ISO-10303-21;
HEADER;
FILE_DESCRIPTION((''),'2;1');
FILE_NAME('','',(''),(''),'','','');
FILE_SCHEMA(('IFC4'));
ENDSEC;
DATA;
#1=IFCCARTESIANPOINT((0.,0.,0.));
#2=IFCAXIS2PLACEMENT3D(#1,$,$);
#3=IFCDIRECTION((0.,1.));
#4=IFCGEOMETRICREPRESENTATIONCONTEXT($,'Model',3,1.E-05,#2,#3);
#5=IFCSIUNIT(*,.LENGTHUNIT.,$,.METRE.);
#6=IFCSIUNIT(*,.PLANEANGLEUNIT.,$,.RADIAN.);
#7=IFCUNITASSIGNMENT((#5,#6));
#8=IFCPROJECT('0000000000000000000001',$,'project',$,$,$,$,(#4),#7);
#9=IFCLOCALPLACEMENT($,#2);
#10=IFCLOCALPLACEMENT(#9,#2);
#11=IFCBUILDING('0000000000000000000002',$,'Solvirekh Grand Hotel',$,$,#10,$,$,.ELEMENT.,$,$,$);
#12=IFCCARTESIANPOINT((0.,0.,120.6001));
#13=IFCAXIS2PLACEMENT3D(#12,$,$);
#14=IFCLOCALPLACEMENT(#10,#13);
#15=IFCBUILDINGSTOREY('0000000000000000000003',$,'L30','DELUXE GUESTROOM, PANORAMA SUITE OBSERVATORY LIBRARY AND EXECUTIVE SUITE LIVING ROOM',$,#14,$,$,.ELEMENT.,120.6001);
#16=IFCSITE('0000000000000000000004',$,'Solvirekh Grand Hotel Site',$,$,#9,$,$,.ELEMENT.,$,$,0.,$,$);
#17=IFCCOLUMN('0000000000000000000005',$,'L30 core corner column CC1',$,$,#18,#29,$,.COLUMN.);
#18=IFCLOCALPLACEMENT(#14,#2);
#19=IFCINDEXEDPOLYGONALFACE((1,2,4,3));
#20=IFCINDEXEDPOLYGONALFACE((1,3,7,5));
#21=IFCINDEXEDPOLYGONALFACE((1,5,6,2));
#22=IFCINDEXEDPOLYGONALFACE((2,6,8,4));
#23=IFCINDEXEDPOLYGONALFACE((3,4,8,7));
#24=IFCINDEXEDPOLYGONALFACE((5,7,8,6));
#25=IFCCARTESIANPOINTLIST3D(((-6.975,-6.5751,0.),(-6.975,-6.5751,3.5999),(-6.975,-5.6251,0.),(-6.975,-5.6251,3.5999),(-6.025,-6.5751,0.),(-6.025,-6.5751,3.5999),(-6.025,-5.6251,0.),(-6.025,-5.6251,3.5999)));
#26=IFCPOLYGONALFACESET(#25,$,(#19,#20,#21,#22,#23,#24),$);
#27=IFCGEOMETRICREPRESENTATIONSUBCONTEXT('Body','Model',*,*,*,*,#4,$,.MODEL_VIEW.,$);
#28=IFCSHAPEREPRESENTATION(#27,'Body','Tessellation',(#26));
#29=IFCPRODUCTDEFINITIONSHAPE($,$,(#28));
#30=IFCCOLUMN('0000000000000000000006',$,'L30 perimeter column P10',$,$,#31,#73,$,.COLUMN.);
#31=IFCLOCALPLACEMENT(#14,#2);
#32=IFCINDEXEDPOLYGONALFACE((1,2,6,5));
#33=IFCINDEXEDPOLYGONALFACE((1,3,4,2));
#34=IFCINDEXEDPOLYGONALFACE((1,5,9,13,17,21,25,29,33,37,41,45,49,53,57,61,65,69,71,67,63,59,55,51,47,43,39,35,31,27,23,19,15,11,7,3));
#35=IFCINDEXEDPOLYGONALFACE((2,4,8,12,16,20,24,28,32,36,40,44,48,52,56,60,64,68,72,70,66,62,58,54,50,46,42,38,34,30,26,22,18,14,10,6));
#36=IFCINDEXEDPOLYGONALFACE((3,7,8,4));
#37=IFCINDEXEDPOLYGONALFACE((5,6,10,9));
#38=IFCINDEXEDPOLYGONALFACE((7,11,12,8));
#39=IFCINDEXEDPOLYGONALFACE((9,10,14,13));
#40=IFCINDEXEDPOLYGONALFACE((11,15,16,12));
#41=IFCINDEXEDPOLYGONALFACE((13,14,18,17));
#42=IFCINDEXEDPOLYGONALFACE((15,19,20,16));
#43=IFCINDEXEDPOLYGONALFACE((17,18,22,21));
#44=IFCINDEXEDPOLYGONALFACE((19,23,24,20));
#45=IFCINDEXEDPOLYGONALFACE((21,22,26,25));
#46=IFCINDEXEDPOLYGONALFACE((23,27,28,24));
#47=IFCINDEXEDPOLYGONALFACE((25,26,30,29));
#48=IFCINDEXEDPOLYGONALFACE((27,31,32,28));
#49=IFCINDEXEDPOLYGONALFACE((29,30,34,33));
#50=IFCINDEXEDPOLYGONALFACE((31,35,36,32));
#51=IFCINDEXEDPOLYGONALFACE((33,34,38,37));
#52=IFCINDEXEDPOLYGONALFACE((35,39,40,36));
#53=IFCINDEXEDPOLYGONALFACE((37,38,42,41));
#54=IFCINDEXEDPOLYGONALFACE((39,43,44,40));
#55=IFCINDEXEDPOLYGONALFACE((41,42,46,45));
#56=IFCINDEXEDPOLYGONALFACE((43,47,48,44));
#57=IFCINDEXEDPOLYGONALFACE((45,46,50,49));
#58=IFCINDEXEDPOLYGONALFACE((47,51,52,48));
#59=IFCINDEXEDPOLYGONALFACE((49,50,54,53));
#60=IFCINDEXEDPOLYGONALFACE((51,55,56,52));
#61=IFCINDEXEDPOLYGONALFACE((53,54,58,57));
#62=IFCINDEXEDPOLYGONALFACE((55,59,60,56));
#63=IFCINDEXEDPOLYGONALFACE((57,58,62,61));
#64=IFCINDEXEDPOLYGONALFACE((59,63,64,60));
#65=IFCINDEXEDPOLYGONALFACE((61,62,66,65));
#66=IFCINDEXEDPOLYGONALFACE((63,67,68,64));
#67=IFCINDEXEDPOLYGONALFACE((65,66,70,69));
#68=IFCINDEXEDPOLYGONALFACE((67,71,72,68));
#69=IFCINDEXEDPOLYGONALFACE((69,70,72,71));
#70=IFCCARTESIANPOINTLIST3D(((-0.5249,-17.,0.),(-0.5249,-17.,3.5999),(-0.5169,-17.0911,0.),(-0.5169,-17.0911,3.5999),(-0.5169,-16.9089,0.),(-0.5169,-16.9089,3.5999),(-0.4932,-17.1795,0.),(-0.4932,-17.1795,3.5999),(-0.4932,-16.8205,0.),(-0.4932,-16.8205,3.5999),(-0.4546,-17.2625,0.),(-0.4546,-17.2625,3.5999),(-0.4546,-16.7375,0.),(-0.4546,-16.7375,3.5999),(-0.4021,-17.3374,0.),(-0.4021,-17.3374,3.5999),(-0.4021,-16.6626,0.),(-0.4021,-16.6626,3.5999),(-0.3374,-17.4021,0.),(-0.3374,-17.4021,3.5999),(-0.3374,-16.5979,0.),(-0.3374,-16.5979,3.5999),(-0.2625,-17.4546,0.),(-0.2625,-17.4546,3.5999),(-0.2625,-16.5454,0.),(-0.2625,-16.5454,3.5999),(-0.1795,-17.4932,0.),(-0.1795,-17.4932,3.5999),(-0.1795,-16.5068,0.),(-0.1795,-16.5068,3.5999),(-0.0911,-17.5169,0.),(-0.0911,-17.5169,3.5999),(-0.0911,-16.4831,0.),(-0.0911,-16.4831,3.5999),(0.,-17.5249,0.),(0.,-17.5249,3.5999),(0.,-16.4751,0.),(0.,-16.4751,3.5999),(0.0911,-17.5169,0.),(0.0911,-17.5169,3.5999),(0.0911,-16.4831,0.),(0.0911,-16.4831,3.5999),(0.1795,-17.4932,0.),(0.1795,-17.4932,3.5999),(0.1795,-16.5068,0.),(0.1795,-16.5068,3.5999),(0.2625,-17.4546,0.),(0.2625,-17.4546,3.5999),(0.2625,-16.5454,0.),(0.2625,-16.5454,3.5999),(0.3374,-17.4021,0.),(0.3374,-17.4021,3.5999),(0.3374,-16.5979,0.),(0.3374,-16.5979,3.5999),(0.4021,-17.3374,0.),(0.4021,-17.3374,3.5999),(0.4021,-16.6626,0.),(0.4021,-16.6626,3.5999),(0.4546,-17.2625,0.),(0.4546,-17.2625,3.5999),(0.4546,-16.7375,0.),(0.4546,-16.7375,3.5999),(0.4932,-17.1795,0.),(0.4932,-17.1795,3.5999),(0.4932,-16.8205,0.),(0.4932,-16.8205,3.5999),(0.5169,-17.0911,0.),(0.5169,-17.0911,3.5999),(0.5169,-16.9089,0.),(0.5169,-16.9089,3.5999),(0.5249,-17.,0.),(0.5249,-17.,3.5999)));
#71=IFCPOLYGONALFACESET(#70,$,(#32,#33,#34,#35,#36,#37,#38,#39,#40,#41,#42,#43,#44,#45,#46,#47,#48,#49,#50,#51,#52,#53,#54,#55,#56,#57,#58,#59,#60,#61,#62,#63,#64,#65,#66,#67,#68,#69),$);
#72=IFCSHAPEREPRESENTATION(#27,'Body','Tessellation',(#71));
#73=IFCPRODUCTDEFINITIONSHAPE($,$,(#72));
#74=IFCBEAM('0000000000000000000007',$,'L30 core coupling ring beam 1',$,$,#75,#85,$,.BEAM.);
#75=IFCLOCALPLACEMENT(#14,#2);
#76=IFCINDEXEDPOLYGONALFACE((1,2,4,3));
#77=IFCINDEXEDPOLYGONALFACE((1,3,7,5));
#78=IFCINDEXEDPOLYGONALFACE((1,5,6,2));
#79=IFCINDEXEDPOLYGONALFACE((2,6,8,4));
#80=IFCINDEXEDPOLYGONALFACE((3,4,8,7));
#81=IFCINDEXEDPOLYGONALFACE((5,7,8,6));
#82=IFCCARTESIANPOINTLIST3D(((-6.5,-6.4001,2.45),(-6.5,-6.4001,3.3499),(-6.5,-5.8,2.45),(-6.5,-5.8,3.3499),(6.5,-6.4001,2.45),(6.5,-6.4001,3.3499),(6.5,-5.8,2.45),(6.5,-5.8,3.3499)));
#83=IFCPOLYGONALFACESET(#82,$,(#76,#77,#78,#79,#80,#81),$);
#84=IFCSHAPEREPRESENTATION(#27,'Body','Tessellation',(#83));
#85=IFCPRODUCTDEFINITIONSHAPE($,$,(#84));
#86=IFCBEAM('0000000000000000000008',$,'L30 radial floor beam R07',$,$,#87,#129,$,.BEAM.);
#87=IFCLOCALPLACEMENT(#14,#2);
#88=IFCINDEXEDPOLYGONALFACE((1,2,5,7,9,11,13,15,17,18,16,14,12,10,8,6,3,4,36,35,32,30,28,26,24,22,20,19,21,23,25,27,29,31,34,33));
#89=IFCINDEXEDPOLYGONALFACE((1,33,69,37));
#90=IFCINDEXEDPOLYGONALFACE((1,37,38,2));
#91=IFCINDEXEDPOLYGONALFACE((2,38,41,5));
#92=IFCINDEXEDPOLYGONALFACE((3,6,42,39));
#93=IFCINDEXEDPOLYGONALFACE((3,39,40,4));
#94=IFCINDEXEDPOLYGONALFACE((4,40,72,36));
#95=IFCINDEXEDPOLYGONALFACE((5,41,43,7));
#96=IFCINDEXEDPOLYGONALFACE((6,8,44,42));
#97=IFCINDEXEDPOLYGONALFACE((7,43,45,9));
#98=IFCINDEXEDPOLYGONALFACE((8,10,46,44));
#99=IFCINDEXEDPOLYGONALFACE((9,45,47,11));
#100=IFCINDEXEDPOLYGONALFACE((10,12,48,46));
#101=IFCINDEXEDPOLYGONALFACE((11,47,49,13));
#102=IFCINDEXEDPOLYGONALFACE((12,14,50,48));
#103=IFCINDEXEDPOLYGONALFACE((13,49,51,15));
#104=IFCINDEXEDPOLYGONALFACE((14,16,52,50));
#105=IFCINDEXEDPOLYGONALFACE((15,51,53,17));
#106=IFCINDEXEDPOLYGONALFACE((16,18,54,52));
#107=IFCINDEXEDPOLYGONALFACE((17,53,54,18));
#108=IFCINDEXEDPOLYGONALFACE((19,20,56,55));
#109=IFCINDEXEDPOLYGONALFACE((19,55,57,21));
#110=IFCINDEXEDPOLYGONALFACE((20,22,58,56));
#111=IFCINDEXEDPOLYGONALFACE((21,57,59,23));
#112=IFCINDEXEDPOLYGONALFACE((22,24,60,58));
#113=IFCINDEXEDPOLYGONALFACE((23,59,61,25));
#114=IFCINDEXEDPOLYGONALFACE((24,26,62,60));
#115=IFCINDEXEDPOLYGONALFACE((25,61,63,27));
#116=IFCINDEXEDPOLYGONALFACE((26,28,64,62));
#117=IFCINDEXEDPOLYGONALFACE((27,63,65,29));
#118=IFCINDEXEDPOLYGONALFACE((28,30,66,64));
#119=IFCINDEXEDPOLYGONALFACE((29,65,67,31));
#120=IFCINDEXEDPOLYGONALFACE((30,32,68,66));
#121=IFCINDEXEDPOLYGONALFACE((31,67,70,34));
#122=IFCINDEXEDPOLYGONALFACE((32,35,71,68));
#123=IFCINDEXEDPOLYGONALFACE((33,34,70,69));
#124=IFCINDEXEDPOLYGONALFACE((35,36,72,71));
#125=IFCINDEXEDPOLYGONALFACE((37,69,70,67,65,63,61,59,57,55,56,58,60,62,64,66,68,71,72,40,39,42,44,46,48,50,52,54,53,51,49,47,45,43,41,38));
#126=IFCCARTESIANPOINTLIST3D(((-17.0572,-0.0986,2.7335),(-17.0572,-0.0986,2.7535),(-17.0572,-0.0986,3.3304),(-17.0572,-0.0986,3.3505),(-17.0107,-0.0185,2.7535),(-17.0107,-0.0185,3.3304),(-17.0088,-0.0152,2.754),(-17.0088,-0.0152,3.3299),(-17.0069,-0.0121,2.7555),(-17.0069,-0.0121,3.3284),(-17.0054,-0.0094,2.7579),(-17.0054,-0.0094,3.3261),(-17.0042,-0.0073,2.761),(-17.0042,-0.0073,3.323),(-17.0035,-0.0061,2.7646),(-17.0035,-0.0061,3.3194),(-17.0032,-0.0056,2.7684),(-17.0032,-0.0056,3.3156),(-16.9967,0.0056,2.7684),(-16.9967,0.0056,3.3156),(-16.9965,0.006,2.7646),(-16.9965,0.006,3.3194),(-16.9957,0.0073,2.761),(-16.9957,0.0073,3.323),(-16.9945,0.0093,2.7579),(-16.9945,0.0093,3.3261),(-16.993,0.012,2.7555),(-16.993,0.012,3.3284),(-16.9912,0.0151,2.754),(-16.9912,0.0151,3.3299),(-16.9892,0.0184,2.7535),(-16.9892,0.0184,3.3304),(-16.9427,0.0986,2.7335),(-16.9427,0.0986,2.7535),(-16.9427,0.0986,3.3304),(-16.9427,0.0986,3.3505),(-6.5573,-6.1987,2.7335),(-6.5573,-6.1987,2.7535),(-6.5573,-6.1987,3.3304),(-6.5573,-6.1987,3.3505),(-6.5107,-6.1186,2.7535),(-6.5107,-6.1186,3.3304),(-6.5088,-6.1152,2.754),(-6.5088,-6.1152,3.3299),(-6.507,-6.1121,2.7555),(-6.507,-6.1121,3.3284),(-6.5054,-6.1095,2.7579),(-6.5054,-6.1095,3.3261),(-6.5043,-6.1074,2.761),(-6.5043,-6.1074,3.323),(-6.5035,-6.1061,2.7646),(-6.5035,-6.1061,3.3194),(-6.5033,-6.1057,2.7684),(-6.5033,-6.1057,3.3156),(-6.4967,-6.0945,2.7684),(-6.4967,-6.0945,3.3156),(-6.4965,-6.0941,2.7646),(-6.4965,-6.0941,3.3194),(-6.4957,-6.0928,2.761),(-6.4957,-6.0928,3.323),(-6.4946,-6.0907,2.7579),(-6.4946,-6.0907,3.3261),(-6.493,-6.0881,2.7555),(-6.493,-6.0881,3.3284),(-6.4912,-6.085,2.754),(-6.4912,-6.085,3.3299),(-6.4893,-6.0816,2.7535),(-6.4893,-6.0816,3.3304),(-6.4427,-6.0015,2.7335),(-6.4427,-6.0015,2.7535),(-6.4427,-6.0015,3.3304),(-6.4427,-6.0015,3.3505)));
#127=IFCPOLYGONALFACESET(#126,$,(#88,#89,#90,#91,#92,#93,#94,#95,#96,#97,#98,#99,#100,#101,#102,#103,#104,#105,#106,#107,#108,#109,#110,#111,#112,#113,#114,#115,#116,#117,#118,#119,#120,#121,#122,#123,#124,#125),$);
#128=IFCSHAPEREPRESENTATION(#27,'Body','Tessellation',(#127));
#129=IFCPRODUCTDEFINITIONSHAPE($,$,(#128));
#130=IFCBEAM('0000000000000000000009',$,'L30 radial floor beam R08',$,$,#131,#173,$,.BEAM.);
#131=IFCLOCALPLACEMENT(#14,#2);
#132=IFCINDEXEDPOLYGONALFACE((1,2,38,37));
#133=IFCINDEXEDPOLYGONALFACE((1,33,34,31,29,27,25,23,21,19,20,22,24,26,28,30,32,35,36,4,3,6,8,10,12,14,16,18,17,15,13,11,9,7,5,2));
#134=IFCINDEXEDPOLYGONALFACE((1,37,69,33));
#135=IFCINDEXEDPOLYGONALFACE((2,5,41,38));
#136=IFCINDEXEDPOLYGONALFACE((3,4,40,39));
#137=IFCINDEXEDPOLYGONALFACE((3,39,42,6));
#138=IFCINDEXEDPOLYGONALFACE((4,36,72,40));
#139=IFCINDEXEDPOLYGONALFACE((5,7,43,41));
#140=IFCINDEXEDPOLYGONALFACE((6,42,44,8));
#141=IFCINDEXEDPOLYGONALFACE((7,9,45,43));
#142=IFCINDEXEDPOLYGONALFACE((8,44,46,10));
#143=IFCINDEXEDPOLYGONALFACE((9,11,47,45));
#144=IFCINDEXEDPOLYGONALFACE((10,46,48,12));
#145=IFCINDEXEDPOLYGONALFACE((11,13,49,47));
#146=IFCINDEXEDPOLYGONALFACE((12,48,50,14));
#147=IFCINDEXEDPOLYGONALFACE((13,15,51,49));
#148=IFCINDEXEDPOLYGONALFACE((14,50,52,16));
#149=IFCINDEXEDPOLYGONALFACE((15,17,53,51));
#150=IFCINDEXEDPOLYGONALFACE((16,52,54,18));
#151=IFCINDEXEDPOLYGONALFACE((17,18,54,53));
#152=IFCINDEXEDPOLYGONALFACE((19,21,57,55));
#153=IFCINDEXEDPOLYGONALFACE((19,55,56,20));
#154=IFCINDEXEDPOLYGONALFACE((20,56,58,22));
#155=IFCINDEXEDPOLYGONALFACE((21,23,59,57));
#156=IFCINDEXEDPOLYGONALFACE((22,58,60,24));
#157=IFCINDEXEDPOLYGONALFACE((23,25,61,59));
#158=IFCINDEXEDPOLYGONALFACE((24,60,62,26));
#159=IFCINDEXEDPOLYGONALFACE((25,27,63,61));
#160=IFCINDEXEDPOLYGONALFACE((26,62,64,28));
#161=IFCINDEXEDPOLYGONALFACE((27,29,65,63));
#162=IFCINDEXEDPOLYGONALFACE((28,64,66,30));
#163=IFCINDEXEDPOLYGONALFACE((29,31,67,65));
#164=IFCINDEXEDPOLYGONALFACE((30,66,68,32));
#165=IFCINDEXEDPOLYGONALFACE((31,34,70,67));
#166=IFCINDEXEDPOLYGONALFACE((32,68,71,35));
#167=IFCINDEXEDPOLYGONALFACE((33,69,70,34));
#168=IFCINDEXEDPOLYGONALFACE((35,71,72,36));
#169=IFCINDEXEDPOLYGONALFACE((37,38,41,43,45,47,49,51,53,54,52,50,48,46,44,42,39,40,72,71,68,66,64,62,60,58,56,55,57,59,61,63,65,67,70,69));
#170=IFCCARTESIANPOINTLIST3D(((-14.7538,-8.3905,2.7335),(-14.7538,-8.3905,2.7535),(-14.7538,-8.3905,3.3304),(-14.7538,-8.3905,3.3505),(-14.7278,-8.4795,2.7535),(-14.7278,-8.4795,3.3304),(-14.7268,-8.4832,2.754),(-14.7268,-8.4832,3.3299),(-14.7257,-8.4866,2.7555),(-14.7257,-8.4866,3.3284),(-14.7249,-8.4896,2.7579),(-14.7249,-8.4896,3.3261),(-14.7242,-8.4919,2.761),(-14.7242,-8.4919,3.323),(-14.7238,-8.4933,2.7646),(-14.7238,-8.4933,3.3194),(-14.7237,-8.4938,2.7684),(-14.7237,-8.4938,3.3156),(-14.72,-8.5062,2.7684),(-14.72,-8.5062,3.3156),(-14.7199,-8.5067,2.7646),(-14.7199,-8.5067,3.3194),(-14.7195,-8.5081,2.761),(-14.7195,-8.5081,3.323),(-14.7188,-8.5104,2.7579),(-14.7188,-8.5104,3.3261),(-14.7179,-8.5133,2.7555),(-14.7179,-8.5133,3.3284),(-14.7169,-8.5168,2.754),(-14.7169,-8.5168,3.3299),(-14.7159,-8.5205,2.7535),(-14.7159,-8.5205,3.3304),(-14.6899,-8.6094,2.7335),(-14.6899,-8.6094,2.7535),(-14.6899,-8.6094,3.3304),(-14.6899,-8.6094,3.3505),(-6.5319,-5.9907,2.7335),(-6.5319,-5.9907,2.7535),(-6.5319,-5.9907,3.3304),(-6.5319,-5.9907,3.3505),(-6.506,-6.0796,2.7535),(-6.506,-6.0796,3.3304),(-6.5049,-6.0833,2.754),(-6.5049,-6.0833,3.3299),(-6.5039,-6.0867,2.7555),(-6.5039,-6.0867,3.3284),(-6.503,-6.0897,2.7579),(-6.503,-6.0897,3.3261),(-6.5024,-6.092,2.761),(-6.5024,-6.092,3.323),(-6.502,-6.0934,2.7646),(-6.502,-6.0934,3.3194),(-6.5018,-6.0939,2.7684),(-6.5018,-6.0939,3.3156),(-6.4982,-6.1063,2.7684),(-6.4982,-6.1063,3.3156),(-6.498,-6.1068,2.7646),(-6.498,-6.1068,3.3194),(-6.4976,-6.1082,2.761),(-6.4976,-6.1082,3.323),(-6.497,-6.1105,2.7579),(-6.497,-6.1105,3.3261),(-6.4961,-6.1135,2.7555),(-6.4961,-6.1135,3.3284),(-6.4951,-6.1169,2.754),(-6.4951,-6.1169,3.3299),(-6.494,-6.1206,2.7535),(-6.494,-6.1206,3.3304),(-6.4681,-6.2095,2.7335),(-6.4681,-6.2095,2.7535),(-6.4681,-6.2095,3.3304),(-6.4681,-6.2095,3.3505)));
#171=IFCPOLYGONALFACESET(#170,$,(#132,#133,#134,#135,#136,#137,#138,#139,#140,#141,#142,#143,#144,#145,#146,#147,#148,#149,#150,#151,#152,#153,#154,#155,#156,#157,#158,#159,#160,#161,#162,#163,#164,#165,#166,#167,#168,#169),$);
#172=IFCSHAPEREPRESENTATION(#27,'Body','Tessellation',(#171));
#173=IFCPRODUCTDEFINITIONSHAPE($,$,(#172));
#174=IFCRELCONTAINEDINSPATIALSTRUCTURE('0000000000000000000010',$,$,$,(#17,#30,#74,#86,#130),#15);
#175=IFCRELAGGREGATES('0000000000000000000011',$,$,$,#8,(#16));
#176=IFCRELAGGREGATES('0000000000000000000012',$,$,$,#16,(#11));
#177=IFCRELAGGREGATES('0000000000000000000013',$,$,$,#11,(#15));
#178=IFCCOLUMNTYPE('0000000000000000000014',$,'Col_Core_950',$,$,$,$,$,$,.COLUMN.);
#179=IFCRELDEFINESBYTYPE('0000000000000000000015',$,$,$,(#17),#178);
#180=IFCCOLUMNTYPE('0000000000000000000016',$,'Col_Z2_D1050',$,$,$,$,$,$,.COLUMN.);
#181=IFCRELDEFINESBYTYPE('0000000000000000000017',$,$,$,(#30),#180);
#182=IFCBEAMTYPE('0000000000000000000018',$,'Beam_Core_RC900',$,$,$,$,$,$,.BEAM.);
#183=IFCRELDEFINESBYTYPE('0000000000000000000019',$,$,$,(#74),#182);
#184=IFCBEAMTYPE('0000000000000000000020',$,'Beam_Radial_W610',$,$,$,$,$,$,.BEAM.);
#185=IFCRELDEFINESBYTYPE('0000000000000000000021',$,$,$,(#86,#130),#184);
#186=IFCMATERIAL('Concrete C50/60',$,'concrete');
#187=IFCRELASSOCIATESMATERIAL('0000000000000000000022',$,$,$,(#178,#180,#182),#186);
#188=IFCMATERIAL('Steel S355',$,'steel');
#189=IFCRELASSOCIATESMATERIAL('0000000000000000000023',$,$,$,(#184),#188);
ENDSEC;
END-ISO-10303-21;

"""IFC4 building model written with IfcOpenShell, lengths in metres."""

from ifc_helpers import new_model, si_unit, direction, frame, origin, origin_2d, place, context, subcontext, project, spatial, rectangle, circle, i_section, extrude, material, material_profile, profile_set, type_object, element, save


model = new_model("IFC4")

# Units and contexts
model_context = context("Model", 3, precision=1e-05, world=origin(), true_north=direction((0.0, 1.0)))
body_context = subcontext(model_context, "Body", "Model", "MODEL_VIEW")
ifc_project = project(units=[si_unit("LENGTHUNIT", "METRE"), si_unit("PLANEANGLEUNIT", "RADIAN")], contexts=[model_context])

# Site, building, storey
site_placement = place(None, origin())
site = spatial("IfcSite", under=ifc_project, at=site_placement, Name="Solvirekh Grand Hotel Site", CompositionType="ELEMENT", RefElevation=0.0)
building_placement = place(site_placement, origin())
building = spatial("IfcBuilding", under=site, at=building_placement, Name="Solvirekh Grand Hotel", CompositionType="ELEMENT")
storey_placement = place(building_placement, frame((0.0, 0.0, 120.6001)))
storey = spatial("IfcBuildingStorey", under=building, at=storey_placement, Name="L30", Description="DELUXE GUESTROOM, PANORAMA SUITE OBSERVATORY LIBRARY AND EXECUTIVE SUITE LIVING ROOM", CompositionType="ELEMENT", Elevation=120.6001)

# Columns
ifc_material_1 = material(Name="Concrete C50/60", Category="concrete")
ifc_material_profile_1 = material_profile(ifc_material_1, rectangle(XDim=0.95, YDim=0.95, at=origin_2d()), Name="RC 950X950")
ifc_profile_set_1 = profile_set([ifc_material_profile_1], Name="Concrete C50/60")
column_type_1 = type_object("IfcColumnType", Name="Col_Core_950", PredefinedType="COLUMN", material=ifc_profile_set_1)
column_1_placement = place(storey_placement, frame((-6.5, -6.1001, 0.0), z_axis=(0.0, 0.0, 1.0), x_axis=(1.0, 0.0, 0.0)))
element("IfcColumn", 1, at=column_1_placement, inside=storey, type_object=column_type_1, Name="L30 core corner column CC1", PredefinedType="COLUMN", context=body_context, shape_type="SweptSolid", body=[
    extrude(rectangle(XDim=0.95, YDim=0.95, at=origin_2d()), origin(), (0.0, 0.0, 1.0), 3.5999),
])
ifc_material_profile_2 = material_profile(ifc_material_1, circle(Radius=0.5249, at=origin_2d()), Name="RC CIRC D1050")
ifc_profile_set_2 = profile_set([ifc_material_profile_2], Name="Concrete C50/60")
column_type_2 = type_object("IfcColumnType", Name="Col_Z2_D1050", PredefinedType="COLUMN", material=ifc_profile_set_2)
column_2_placement = place(storey_placement, frame((0.0, -17.0, 0.0), z_axis=(0.0, 0.0, 1.0), x_axis=(1.0, 0.0, 0.0)))
element("IfcColumn", 2, at=column_2_placement, inside=storey, type_object=column_type_2, Name="L30 perimeter column P10", PredefinedType="COLUMN", context=body_context, shape_type="SweptSolid", body=[
    extrude(circle(Radius=0.5249, at=origin_2d()), origin(), (0.0, 0.0, 1.0), 3.5999),
])

# Beams
ifc_material_profile_3 = material_profile(ifc_material_1, rectangle(XDim=0.6001, YDim=0.8999, at=origin_2d()), Name="RC BEAM 600X900")
ifc_profile_set_3 = profile_set([ifc_material_profile_3], Name="Concrete C50/60")
beam_type_1 = type_object("IfcBeamType", Name="Beam_Core_RC900", PredefinedType="BEAM", material=ifc_profile_set_3)
beam_1_placement = place(storey_placement, frame((-6.5, -6.1001, 2.8999), z_axis=(1.0, 0.0, 0.0), x_axis=(0.0, 1.0, 0.0)))
element("IfcBeam", 3, at=beam_1_placement, inside=storey, type_object=beam_type_1, Name="L30 core coupling ring beam 1", PredefinedType="BEAM", context=body_context, shape_type="SweptSolid", body=[
    extrude(rectangle(XDim=0.6001, YDim=0.8999, at=origin_2d()), origin(), (0.0, 0.0, 1.0), 13.0),
])
ifc_material_2 = material(Name="Steel S355", Category="steel")
ifc_material_profile_4 = material_profile(ifc_material_2, i_section(OverallWidth=0.228, OverallDepth=0.6169, WebThickness=0.0129, FlangeThickness=0.02, FilletRadius=0.0149, at=origin_2d()), Name="W610X140")
ifc_profile_set_4 = profile_set([ifc_material_profile_4], Name="Steel S355")
beam_type_2 = type_object("IfcBeamType", Name="Beam_Radial_W610", PredefinedType="BEAM", material=ifc_profile_set_4)
beam_2_placement = place(storey_placement, frame((-6.5, -6.1001, 3.042), z_axis=(-0.86467, 0.50234, 0.0), x_axis=(-0.50234, -0.86467, 0.0)))
element("IfcBeam", 4, at=beam_2_placement, inside=storey, type_object=beam_type_2, Name="L30 radial floor beam R07", PredefinedType="BEAM", context=body_context, shape_type="SweptSolid", body=[
    extrude(i_section(OverallWidth=0.228, OverallDepth=0.6169, WebThickness=0.0129, FlangeThickness=0.02, FilletRadius=0.0149, at=origin_2d()), origin(), (0.0, 0.0, 1.0), 12.1433),
])
beam_3_placement = place(storey_placement, frame((-6.5, -6.1001, 3.042), z_axis=(-0.959942, -0.280198, 0.0), x_axis=(0.280198, -0.959942, 0.0)))
element("IfcBeam", 5, at=beam_3_placement, inside=storey, type_object=beam_type_2, Name="L30 radial floor beam R08", PredefinedType="BEAM", context=body_context, shape_type="SweptSolid", body=[
    extrude(i_section(OverallWidth=0.228, OverallDepth=0.6169, WebThickness=0.0129, FlangeThickness=0.02, FilletRadius=0.0149, at=origin_2d()), origin(), (0.0, 0.0, 1.0), 8.5649),
])

save(model, "model.ifc")
